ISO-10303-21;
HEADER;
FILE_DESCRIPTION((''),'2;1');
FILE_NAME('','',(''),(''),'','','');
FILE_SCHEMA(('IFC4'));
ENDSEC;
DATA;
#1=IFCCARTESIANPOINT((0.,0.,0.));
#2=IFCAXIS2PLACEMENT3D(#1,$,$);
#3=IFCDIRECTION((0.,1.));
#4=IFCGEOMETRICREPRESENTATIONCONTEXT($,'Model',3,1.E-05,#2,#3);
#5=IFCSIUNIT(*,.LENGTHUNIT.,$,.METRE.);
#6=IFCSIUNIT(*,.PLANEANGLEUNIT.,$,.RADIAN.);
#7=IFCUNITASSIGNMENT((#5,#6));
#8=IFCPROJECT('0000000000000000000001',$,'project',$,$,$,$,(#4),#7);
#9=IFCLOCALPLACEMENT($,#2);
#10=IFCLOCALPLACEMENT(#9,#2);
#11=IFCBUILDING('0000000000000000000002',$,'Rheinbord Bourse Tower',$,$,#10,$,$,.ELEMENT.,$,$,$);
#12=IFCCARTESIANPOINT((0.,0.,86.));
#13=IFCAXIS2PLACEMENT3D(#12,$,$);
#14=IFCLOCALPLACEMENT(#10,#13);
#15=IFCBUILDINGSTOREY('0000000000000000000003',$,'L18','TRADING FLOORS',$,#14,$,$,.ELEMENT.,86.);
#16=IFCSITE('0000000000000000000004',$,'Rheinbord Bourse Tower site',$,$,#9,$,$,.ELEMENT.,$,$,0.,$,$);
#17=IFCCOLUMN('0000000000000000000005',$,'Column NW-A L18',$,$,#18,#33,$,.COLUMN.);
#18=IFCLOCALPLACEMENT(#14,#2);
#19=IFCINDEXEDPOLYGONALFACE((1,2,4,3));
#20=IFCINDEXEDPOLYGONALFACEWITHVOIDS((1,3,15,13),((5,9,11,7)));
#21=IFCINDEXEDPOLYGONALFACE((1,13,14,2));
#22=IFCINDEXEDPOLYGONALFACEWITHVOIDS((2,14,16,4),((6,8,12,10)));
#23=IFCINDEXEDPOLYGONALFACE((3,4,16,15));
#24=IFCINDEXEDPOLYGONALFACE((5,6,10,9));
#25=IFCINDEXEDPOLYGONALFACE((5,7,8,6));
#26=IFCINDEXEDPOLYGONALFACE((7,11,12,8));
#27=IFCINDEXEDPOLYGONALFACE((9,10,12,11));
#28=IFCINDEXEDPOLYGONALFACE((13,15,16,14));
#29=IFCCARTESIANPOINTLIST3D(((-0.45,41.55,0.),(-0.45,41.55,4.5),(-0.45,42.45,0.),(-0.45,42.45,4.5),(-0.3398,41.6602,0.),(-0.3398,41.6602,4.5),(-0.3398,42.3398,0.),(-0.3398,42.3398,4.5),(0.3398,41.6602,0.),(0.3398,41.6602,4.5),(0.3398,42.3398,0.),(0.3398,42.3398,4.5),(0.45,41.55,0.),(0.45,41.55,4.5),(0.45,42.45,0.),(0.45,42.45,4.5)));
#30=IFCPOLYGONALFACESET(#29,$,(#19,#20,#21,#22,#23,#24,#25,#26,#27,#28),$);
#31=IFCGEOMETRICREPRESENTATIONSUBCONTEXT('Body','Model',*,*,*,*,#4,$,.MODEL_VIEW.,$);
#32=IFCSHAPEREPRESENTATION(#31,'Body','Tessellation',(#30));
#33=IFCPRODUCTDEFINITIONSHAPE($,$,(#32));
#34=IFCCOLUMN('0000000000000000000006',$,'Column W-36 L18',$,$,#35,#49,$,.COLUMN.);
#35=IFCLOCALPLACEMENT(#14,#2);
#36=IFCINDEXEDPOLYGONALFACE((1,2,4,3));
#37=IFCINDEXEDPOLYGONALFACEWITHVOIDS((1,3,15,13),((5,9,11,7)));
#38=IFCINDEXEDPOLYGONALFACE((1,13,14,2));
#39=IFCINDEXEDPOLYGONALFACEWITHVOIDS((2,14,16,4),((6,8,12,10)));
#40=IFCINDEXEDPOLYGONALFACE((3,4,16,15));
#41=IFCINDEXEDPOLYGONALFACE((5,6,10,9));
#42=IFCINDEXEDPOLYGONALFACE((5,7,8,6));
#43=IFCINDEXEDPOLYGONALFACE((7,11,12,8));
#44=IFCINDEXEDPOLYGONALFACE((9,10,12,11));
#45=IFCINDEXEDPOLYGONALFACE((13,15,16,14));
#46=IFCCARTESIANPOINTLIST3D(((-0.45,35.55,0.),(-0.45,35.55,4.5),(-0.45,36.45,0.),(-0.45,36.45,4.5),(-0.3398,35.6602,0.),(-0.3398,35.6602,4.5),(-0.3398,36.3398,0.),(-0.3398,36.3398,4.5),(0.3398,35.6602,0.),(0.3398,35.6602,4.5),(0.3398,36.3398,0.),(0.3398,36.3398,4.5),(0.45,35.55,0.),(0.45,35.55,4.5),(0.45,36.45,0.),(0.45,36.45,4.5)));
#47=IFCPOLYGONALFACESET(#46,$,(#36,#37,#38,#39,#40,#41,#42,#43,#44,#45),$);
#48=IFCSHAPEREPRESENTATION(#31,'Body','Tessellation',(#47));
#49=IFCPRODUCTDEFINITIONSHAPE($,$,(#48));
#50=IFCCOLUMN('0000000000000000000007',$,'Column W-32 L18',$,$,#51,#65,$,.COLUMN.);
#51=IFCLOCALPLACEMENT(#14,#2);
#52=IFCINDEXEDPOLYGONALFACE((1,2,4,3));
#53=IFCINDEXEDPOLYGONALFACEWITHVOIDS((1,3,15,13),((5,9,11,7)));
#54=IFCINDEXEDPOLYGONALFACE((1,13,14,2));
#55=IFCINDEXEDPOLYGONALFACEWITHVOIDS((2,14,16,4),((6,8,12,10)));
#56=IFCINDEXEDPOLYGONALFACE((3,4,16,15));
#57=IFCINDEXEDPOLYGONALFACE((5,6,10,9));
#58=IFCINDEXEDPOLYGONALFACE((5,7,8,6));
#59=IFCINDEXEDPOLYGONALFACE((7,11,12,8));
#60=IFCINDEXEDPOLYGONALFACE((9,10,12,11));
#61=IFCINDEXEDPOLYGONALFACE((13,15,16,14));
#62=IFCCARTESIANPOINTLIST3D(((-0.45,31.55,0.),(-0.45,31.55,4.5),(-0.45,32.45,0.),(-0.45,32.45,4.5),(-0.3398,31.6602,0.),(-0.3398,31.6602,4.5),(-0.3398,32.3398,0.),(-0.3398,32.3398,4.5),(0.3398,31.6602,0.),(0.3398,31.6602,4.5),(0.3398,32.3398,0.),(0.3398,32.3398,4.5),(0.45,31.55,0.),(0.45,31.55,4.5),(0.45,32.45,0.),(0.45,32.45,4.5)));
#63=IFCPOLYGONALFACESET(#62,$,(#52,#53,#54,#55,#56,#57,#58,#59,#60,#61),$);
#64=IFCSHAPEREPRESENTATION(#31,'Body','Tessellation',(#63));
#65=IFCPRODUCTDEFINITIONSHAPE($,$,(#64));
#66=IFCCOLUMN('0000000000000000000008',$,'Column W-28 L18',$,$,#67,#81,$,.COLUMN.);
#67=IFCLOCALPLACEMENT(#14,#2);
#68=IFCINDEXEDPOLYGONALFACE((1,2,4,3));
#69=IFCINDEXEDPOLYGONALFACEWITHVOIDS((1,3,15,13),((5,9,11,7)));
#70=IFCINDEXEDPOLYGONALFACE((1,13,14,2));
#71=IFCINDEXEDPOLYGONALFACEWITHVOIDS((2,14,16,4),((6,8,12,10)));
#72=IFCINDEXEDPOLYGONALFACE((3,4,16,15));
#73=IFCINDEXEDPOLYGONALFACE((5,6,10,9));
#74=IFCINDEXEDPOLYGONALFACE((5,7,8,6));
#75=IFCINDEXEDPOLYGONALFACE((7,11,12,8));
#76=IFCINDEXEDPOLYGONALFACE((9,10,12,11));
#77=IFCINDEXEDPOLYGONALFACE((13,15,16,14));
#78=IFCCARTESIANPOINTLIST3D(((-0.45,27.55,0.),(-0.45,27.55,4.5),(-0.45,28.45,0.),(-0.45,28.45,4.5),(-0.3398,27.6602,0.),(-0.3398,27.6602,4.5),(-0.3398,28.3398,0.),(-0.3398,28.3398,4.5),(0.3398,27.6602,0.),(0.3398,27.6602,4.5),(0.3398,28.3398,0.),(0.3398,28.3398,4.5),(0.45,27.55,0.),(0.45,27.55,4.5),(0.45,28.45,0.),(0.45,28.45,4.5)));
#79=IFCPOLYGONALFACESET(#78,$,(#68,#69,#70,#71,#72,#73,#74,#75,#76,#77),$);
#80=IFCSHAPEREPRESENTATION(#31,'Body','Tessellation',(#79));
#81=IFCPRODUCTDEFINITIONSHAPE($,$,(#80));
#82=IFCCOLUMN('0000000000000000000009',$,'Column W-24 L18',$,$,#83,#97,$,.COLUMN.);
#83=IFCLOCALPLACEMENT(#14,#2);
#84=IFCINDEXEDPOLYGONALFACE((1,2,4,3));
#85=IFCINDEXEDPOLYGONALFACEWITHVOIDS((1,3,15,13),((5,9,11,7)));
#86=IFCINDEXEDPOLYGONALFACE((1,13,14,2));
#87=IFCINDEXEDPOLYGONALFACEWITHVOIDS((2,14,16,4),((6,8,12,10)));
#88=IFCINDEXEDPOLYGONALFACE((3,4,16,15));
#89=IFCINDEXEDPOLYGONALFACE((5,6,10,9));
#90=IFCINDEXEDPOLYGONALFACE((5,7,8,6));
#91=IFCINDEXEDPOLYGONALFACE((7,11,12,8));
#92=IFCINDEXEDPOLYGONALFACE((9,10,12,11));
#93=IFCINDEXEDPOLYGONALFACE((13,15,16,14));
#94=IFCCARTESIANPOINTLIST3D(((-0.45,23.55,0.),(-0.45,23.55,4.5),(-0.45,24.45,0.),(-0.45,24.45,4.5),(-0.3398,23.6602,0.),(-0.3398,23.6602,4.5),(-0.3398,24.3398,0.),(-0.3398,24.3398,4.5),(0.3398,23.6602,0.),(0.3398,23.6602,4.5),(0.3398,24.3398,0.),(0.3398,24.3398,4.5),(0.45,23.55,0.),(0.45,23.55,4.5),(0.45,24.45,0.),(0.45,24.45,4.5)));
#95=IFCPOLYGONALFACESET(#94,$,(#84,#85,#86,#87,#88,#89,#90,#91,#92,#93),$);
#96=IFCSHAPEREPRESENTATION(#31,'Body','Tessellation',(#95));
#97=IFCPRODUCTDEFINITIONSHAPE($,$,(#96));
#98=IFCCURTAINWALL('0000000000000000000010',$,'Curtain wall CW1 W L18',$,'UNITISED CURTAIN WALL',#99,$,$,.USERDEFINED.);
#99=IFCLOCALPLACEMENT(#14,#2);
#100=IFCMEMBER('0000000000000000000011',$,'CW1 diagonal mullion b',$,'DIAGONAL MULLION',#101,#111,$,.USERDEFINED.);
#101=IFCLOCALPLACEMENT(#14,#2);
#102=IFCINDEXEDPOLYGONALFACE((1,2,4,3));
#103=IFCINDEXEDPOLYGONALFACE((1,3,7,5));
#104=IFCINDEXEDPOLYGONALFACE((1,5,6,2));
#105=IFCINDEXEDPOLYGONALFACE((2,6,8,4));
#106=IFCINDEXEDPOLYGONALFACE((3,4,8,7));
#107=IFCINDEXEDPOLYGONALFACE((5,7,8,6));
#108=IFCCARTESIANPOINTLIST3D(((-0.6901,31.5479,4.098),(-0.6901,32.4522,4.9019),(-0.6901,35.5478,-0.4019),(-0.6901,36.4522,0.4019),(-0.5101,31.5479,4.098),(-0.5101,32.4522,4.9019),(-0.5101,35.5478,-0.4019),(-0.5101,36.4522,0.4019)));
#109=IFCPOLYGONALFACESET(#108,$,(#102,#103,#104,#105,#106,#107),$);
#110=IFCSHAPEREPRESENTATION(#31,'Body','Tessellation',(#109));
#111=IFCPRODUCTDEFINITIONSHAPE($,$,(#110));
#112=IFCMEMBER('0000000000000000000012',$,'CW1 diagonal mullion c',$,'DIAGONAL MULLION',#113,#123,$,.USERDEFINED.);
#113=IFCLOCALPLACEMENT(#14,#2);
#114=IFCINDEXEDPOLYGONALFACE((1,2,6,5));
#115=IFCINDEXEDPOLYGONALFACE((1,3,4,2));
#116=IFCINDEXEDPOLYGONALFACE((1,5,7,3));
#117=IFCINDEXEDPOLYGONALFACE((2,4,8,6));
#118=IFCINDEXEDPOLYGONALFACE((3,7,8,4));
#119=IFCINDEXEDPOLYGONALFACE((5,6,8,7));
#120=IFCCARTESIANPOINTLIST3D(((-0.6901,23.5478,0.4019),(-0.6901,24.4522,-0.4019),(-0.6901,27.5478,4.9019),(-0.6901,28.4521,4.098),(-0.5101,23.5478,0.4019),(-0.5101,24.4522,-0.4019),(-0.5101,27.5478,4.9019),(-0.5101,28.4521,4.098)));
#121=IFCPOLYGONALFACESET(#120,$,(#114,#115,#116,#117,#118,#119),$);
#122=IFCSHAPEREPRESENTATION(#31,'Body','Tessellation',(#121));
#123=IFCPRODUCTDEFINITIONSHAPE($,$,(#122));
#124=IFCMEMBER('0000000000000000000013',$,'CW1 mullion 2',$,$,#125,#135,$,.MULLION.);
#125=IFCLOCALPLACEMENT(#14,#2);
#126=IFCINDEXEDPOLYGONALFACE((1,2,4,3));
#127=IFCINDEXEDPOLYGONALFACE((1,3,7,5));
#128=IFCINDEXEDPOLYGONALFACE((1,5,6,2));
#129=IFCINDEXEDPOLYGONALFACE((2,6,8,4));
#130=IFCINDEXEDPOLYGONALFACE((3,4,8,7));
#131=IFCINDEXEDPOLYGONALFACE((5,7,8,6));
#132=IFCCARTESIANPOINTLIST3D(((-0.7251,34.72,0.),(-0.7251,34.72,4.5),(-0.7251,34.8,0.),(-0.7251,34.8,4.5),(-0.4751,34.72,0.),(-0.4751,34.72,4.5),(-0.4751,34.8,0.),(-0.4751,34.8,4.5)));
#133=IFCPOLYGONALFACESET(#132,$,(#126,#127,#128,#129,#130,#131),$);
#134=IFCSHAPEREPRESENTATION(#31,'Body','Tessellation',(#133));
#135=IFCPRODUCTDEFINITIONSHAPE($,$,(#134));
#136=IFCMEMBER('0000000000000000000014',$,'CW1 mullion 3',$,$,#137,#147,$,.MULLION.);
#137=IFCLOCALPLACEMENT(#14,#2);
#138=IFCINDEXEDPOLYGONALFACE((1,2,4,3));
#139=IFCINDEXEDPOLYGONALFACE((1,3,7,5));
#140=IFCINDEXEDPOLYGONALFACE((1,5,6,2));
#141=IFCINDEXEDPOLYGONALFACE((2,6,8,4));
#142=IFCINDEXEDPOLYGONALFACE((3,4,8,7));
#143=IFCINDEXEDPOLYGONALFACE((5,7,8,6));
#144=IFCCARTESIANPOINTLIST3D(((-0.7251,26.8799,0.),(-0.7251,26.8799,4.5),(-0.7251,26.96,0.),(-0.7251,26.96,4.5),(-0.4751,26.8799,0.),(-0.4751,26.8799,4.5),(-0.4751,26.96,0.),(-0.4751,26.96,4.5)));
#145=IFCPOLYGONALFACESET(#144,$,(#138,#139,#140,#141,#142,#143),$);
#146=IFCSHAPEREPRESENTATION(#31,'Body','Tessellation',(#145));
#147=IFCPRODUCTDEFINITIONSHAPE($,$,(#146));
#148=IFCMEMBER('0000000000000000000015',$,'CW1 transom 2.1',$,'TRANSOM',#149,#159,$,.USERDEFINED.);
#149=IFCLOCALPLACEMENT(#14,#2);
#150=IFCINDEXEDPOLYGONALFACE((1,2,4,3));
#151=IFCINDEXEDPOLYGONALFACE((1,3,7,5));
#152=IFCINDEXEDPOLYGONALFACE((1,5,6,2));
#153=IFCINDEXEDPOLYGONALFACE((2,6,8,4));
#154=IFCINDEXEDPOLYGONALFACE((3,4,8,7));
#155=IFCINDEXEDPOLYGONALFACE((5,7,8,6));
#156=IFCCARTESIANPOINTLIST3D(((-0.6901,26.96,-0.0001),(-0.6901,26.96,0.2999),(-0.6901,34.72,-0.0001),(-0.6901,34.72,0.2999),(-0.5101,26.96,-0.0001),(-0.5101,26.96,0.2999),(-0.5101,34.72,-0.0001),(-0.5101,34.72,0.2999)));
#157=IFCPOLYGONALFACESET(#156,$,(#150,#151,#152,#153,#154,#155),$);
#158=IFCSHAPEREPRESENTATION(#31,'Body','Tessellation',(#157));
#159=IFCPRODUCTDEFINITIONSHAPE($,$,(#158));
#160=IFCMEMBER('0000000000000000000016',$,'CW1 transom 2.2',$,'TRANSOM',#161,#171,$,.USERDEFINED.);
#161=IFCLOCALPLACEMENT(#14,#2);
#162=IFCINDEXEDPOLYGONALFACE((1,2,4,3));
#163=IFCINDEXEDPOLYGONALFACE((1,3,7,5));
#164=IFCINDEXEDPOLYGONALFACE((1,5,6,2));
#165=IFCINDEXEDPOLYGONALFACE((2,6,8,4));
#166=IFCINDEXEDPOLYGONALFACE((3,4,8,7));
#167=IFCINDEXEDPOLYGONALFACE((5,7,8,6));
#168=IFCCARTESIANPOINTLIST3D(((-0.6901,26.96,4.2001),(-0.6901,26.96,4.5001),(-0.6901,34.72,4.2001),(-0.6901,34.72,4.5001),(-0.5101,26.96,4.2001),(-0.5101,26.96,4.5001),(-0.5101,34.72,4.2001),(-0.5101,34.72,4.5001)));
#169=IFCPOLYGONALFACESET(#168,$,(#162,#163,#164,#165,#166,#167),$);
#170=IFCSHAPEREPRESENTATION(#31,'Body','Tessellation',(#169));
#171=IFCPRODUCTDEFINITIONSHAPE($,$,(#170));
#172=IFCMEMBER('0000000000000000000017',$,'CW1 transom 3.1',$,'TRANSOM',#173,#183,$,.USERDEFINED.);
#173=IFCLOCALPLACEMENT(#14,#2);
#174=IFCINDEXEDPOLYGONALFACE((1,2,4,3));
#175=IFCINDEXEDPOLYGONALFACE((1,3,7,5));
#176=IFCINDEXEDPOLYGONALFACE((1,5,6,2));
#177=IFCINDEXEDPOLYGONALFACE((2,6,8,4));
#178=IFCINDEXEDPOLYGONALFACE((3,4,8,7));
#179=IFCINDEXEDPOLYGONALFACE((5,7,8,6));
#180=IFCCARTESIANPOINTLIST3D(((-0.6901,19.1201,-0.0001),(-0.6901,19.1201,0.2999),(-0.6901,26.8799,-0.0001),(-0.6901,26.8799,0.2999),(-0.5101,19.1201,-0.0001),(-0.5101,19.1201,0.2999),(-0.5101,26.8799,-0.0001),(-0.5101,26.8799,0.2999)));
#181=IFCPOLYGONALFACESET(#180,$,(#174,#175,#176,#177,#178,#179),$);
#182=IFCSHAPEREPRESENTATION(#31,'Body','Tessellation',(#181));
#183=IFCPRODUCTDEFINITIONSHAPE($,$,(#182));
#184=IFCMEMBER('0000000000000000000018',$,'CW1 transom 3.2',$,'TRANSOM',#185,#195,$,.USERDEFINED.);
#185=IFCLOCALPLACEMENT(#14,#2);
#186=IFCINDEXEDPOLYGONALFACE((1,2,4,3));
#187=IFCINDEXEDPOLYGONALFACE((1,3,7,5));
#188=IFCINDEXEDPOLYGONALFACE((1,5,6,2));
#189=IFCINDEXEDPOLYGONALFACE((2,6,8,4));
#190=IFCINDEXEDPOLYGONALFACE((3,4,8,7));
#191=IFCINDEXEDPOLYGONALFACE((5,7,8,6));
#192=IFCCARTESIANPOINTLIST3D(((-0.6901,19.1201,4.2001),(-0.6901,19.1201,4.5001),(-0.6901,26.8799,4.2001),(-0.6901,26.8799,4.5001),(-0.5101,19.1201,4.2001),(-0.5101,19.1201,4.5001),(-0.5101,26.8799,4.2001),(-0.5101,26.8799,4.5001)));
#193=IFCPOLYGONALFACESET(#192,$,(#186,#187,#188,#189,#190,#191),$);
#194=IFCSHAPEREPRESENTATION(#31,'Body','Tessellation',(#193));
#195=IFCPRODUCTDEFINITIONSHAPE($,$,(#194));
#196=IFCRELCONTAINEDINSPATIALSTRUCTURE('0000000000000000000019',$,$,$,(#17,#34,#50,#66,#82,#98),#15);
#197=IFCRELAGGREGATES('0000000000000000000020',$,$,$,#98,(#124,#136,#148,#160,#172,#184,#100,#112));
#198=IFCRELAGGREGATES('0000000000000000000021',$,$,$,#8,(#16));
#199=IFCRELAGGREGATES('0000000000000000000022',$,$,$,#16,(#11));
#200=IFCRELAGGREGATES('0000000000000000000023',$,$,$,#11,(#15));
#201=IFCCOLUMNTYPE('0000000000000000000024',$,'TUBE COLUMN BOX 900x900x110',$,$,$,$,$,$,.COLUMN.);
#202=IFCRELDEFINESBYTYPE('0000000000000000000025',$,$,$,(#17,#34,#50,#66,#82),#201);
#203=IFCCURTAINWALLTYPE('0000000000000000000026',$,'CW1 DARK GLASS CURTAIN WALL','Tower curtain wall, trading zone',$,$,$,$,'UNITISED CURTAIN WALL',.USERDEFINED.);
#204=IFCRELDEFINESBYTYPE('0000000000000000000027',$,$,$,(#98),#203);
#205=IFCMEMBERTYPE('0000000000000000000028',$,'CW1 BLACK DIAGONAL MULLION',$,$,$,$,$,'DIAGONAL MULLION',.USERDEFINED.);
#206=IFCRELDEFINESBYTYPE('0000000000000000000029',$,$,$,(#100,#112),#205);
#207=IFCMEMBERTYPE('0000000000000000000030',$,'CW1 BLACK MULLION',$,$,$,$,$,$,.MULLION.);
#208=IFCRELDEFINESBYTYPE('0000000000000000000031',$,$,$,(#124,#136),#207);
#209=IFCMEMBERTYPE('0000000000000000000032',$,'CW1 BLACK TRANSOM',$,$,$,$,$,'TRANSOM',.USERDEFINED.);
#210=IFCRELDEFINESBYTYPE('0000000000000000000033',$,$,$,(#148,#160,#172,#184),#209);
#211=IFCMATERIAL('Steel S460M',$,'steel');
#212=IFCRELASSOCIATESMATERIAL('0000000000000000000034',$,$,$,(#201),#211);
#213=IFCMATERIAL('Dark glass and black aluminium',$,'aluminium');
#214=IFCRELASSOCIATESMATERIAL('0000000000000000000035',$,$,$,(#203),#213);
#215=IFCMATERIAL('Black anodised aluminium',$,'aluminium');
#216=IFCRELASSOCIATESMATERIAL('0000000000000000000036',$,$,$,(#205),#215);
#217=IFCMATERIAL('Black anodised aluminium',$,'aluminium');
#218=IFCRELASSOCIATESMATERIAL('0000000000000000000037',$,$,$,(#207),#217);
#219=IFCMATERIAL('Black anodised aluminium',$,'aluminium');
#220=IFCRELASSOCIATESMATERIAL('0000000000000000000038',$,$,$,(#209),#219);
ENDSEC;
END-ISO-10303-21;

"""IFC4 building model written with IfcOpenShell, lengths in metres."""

from ifc_helpers import new_model, si_unit, direction, frame, origin, origin_2d, place, context, subcontext, project, spatial, rectangle, hollow_rectangle, extrude, material, material_profile, profile_set, type_object, element, aggregate, save


model = new_model("IFC4")

# Units and contexts
model_context = context("Model", 3, precision=1e-05, world=origin(), true_north=direction((0.0, 1.0)))
body_context = subcontext(model_context, "Body", "Model", "MODEL_VIEW")
ifc_project = project(units=[si_unit("LENGTHUNIT", "METRE"), si_unit("PLANEANGLEUNIT", "RADIAN")], contexts=[model_context])

# Site, building, storey
site_placement = place(None, origin())
site = spatial("IfcSite", under=ifc_project, at=site_placement, Name="Rheinbord Bourse Tower site", CompositionType="ELEMENT", RefElevation=0.0)
building_placement = place(site_placement, origin())
building = spatial("IfcBuilding", under=site, at=building_placement, Name="Rheinbord Bourse Tower", CompositionType="ELEMENT")
storey_placement = place(building_placement, frame((0.0, 0.0, 86.0)))
storey = spatial("IfcBuildingStorey", under=building, at=storey_placement, Name="L18", Description="TRADING FLOORS", CompositionType="ELEMENT", Elevation=86.0)

# Columns
ifc_material_1 = material(Name="Steel S460M", Category="steel")
ifc_material_profile_1 = material_profile(ifc_material_1, hollow_rectangle(XDim=0.8999, YDim=0.8999, WallThickness=0.1101, at=origin_2d()), Name="BOX 900x900x110")
ifc_profile_set_1 = profile_set([ifc_material_profile_1], Name="Steel S460M")
column_type = type_object("IfcColumnType", Name="TUBE COLUMN BOX 900x900x110", PredefinedType="COLUMN", material=ifc_profile_set_1)
for number, where, z_axis, x_axis, name in (
    (1, (0.0, 42.0, 0.0), (0.0, 0.0, 1.0), (1.0, 0.0, 0.0), "Column NW-A L18"),
    (2, (0.0, 36.0, 0.0), (0.0, 0.0, 1.0), (1.0, 0.0, 0.0), "Column W-36 L18"),
    (3, (0.0, 32.0, 0.0), (0.0, 0.0, 1.0), (1.0, 0.0, 0.0), "Column W-32 L18"),
    (4, (0.0, 28.0, 0.0), (0.0, 0.0, 1.0), (1.0, 0.0, 0.0), "Column W-28 L18"),
    (5, (0.0, 24.0, 0.0), (0.0, 0.0, 1.0), (1.0, 0.0, 0.0), "Column W-24 L18"),
):
    element("IfcColumn", number, at=place(storey_placement, frame(where, z_axis=z_axis, x_axis=x_axis)), inside=storey, type_object=column_type, Name=name, PredefinedType="COLUMN", context=body_context, shape_type="SweptSolid", body=[
        extrude(hollow_rectangle(XDim=0.8999, YDim=0.8999, WallThickness=0.1101, at=origin_2d()), origin(), (0.0, 0.0, 1.0), 4.5),
    ])

# Curtain wall, members
ifc_material_2 = material(Name="Dark glass and black aluminium", Category="aluminium")
curtain_wall_type = type_object("IfcCurtainWallType", Name="CW1 DARK GLASS CURTAIN WALL", Description="Tower curtain wall, trading zone", ElementType="UNITISED CURTAIN WALL", PredefinedType="USERDEFINED", material=ifc_material_2)
curtain_wall_placement = place(storey_placement, origin())
curtain_wall = element("IfcCurtainWall", 6, at=curtain_wall_placement, inside=storey, type_object=curtain_wall_type, Name="Curtain wall CW1 W L18", ObjectType="UNITISED CURTAIN WALL", PredefinedType="USERDEFINED")
ifc_material_3 = material(Name="Black anodised aluminium", Category="aluminium")
ifc_material_profile_2 = material_profile(ifc_material_3, rectangle(XDim=0.1799, YDim=1.21, at=origin_2d()), Name="CW1 DIAGONAL MULLION 1210x180")
ifc_profile_set_2 = profile_set([ifc_material_profile_2], Name="Black anodised aluminium")
member_type_1 = type_object("IfcMemberType", Name="CW1 BLACK DIAGONAL MULLION", ElementType="DIAGONAL MULLION", PredefinedType="USERDEFINED", material=ifc_profile_set_2)
member_1_placement = place(storey_placement, frame((-0.6001, 36.0, 0.0), z_axis=(0.0, -0.664364, 0.747409), x_axis=(1.0, 0.0, 0.0)))
member_1 = element("IfcMember", 7, at=member_1_placement, type_object=member_type_1, Name="CW1 diagonal mullion b", ObjectType="DIAGONAL MULLION", PredefinedType="USERDEFINED", context=body_context, shape_type="SweptSolid", body=[
    extrude(rectangle(XDim=0.1799, YDim=1.21, at=origin_2d()), origin(), (0.0, 0.0, 1.0), 6.0208),
])
member_2_placement = place(storey_placement, frame((-0.6001, 24.0, 0.0), z_axis=(0.0, 0.664364, 0.747409), x_axis=(-1.0, 0.0, 0.0)))
member_2 = element("IfcMember", 8, at=member_2_placement, type_object=member_type_1, Name="CW1 diagonal mullion c", ObjectType="DIAGONAL MULLION", PredefinedType="USERDEFINED", context=body_context, shape_type="SweptSolid", body=[
    extrude(rectangle(XDim=0.1799, YDim=1.21, at=origin_2d()), origin(), (0.0, 0.0, 1.0), 6.0208),
])
ifc_material_4 = material(Name="Black anodised aluminium", Category="aluminium")
ifc_material_profile_3 = material_profile(ifc_material_4, rectangle(XDim=0.25, YDim=0.0801, at=origin_2d()), Name="CW1 MULLION 80x250")
ifc_profile_set_3 = profile_set([ifc_material_profile_3], Name="Black anodised aluminium")
member_type_2 = type_object("IfcMemberType", Name="CW1 BLACK MULLION", PredefinedType="MULLION", material=ifc_profile_set_3)
member_3_placement = place(storey_placement, frame((-0.6001, 34.76, 0.0), z_axis=(0.0, 0.0, 1.0), x_axis=(1.0, 0.0, 0.0)))
member_3 = element("IfcMember", 9, at=member_3_placement, type_object=member_type_2, Name="CW1 mullion 2", PredefinedType="MULLION", context=body_context, shape_type="SweptSolid", body=[
    extrude(rectangle(XDim=0.25, YDim=0.0801, at=origin_2d()), origin(), (0.0, 0.0, 1.0), 4.5),
])
member_4_placement = place(storey_placement, frame((-0.6001, 26.9199, 0.0), z_axis=(0.0, 0.0, 1.0), x_axis=(1.0, 0.0, 0.0)))
member_4 = element("IfcMember", 10, at=member_4_placement, type_object=member_type_2, Name="CW1 mullion 3", PredefinedType="MULLION", context=body_context, shape_type="SweptSolid", body=[
    extrude(rectangle(XDim=0.25, YDim=0.0801, at=origin_2d()), origin(), (0.0, 0.0, 1.0), 4.5),
])
ifc_material_5 = material(Name="Black anodised aluminium", Category="aluminium")
ifc_material_profile_4 = material_profile(ifc_material_5, rectangle(XDim=0.1799, YDim=0.3, at=origin_2d()), Name="CW1 TRANSOM 300x180")
ifc_profile_set_4 = profile_set([ifc_material_profile_4], Name="Black anodised aluminium")
member_type_3 = type_object("IfcMemberType", Name="CW1 BLACK TRANSOM", ElementType="TRANSOM", PredefinedType="USERDEFINED", material=ifc_profile_set_4)
member_5_placement = place(storey_placement, frame((-0.6001, 34.72, 0.1499), z_axis=(0.0, -1.0, 0.0), x_axis=(1.0, 0.0, 0.0)))
member_5 = element("IfcMember", 11, at=member_5_placement, type_object=member_type_3, Name="CW1 transom 2.1", ObjectType="TRANSOM", PredefinedType="USERDEFINED", context=body_context, shape_type="SweptSolid", body=[
    extrude(rectangle(XDim=0.1799, YDim=0.3, at=origin_2d()), origin(), (0.0, 0.0, 1.0), 7.76),
])
member_6_placement = place(storey_placement, frame((-0.6001, 34.72, 4.3501), z_axis=(0.0, -1.0, 0.0), x_axis=(1.0, 0.0, 0.0)))
member_6 = element("IfcMember", 12, at=member_6_placement, type_object=member_type_3, Name="CW1 transom 2.2", ObjectType="TRANSOM", PredefinedType="USERDEFINED", context=body_context, shape_type="SweptSolid", body=[
    extrude(rectangle(XDim=0.1799, YDim=0.3, at=origin_2d()), origin(), (0.0, 0.0, 1.0), 7.76),
])
member_7_placement = place(storey_placement, frame((-0.6001, 26.8799, 0.1499), z_axis=(0.0, -1.0, 0.0), x_axis=(1.0, 0.0, 0.0)))
member_7 = element("IfcMember", 13, at=member_7_placement, type_object=member_type_3, Name="CW1 transom 3.1", ObjectType="TRANSOM", PredefinedType="USERDEFINED", context=body_context, shape_type="SweptSolid", body=[
    extrude(rectangle(XDim=0.1799, YDim=0.3, at=origin_2d()), origin(), (0.0, 0.0, 1.0), 7.7598),
])
member_8_placement = place(storey_placement, frame((-0.6001, 26.8799, 4.3501), z_axis=(0.0, -1.0, 0.0), x_axis=(1.0, 0.0, 0.0)))
member_8 = element("IfcMember", 14, at=member_8_placement, type_object=member_type_3, Name="CW1 transom 3.2", ObjectType="TRANSOM", PredefinedType="USERDEFINED", context=body_context, shape_type="SweptSolid", body=[
    extrude(rectangle(XDim=0.1799, YDim=0.3, at=origin_2d()), origin(), (0.0, 0.0, 1.0), 7.7598),
])

aggregate(curtain_wall, [member_3, member_4, member_5, member_6, member_7, member_8, member_1, member_2])

save(model, "model.ifc")
